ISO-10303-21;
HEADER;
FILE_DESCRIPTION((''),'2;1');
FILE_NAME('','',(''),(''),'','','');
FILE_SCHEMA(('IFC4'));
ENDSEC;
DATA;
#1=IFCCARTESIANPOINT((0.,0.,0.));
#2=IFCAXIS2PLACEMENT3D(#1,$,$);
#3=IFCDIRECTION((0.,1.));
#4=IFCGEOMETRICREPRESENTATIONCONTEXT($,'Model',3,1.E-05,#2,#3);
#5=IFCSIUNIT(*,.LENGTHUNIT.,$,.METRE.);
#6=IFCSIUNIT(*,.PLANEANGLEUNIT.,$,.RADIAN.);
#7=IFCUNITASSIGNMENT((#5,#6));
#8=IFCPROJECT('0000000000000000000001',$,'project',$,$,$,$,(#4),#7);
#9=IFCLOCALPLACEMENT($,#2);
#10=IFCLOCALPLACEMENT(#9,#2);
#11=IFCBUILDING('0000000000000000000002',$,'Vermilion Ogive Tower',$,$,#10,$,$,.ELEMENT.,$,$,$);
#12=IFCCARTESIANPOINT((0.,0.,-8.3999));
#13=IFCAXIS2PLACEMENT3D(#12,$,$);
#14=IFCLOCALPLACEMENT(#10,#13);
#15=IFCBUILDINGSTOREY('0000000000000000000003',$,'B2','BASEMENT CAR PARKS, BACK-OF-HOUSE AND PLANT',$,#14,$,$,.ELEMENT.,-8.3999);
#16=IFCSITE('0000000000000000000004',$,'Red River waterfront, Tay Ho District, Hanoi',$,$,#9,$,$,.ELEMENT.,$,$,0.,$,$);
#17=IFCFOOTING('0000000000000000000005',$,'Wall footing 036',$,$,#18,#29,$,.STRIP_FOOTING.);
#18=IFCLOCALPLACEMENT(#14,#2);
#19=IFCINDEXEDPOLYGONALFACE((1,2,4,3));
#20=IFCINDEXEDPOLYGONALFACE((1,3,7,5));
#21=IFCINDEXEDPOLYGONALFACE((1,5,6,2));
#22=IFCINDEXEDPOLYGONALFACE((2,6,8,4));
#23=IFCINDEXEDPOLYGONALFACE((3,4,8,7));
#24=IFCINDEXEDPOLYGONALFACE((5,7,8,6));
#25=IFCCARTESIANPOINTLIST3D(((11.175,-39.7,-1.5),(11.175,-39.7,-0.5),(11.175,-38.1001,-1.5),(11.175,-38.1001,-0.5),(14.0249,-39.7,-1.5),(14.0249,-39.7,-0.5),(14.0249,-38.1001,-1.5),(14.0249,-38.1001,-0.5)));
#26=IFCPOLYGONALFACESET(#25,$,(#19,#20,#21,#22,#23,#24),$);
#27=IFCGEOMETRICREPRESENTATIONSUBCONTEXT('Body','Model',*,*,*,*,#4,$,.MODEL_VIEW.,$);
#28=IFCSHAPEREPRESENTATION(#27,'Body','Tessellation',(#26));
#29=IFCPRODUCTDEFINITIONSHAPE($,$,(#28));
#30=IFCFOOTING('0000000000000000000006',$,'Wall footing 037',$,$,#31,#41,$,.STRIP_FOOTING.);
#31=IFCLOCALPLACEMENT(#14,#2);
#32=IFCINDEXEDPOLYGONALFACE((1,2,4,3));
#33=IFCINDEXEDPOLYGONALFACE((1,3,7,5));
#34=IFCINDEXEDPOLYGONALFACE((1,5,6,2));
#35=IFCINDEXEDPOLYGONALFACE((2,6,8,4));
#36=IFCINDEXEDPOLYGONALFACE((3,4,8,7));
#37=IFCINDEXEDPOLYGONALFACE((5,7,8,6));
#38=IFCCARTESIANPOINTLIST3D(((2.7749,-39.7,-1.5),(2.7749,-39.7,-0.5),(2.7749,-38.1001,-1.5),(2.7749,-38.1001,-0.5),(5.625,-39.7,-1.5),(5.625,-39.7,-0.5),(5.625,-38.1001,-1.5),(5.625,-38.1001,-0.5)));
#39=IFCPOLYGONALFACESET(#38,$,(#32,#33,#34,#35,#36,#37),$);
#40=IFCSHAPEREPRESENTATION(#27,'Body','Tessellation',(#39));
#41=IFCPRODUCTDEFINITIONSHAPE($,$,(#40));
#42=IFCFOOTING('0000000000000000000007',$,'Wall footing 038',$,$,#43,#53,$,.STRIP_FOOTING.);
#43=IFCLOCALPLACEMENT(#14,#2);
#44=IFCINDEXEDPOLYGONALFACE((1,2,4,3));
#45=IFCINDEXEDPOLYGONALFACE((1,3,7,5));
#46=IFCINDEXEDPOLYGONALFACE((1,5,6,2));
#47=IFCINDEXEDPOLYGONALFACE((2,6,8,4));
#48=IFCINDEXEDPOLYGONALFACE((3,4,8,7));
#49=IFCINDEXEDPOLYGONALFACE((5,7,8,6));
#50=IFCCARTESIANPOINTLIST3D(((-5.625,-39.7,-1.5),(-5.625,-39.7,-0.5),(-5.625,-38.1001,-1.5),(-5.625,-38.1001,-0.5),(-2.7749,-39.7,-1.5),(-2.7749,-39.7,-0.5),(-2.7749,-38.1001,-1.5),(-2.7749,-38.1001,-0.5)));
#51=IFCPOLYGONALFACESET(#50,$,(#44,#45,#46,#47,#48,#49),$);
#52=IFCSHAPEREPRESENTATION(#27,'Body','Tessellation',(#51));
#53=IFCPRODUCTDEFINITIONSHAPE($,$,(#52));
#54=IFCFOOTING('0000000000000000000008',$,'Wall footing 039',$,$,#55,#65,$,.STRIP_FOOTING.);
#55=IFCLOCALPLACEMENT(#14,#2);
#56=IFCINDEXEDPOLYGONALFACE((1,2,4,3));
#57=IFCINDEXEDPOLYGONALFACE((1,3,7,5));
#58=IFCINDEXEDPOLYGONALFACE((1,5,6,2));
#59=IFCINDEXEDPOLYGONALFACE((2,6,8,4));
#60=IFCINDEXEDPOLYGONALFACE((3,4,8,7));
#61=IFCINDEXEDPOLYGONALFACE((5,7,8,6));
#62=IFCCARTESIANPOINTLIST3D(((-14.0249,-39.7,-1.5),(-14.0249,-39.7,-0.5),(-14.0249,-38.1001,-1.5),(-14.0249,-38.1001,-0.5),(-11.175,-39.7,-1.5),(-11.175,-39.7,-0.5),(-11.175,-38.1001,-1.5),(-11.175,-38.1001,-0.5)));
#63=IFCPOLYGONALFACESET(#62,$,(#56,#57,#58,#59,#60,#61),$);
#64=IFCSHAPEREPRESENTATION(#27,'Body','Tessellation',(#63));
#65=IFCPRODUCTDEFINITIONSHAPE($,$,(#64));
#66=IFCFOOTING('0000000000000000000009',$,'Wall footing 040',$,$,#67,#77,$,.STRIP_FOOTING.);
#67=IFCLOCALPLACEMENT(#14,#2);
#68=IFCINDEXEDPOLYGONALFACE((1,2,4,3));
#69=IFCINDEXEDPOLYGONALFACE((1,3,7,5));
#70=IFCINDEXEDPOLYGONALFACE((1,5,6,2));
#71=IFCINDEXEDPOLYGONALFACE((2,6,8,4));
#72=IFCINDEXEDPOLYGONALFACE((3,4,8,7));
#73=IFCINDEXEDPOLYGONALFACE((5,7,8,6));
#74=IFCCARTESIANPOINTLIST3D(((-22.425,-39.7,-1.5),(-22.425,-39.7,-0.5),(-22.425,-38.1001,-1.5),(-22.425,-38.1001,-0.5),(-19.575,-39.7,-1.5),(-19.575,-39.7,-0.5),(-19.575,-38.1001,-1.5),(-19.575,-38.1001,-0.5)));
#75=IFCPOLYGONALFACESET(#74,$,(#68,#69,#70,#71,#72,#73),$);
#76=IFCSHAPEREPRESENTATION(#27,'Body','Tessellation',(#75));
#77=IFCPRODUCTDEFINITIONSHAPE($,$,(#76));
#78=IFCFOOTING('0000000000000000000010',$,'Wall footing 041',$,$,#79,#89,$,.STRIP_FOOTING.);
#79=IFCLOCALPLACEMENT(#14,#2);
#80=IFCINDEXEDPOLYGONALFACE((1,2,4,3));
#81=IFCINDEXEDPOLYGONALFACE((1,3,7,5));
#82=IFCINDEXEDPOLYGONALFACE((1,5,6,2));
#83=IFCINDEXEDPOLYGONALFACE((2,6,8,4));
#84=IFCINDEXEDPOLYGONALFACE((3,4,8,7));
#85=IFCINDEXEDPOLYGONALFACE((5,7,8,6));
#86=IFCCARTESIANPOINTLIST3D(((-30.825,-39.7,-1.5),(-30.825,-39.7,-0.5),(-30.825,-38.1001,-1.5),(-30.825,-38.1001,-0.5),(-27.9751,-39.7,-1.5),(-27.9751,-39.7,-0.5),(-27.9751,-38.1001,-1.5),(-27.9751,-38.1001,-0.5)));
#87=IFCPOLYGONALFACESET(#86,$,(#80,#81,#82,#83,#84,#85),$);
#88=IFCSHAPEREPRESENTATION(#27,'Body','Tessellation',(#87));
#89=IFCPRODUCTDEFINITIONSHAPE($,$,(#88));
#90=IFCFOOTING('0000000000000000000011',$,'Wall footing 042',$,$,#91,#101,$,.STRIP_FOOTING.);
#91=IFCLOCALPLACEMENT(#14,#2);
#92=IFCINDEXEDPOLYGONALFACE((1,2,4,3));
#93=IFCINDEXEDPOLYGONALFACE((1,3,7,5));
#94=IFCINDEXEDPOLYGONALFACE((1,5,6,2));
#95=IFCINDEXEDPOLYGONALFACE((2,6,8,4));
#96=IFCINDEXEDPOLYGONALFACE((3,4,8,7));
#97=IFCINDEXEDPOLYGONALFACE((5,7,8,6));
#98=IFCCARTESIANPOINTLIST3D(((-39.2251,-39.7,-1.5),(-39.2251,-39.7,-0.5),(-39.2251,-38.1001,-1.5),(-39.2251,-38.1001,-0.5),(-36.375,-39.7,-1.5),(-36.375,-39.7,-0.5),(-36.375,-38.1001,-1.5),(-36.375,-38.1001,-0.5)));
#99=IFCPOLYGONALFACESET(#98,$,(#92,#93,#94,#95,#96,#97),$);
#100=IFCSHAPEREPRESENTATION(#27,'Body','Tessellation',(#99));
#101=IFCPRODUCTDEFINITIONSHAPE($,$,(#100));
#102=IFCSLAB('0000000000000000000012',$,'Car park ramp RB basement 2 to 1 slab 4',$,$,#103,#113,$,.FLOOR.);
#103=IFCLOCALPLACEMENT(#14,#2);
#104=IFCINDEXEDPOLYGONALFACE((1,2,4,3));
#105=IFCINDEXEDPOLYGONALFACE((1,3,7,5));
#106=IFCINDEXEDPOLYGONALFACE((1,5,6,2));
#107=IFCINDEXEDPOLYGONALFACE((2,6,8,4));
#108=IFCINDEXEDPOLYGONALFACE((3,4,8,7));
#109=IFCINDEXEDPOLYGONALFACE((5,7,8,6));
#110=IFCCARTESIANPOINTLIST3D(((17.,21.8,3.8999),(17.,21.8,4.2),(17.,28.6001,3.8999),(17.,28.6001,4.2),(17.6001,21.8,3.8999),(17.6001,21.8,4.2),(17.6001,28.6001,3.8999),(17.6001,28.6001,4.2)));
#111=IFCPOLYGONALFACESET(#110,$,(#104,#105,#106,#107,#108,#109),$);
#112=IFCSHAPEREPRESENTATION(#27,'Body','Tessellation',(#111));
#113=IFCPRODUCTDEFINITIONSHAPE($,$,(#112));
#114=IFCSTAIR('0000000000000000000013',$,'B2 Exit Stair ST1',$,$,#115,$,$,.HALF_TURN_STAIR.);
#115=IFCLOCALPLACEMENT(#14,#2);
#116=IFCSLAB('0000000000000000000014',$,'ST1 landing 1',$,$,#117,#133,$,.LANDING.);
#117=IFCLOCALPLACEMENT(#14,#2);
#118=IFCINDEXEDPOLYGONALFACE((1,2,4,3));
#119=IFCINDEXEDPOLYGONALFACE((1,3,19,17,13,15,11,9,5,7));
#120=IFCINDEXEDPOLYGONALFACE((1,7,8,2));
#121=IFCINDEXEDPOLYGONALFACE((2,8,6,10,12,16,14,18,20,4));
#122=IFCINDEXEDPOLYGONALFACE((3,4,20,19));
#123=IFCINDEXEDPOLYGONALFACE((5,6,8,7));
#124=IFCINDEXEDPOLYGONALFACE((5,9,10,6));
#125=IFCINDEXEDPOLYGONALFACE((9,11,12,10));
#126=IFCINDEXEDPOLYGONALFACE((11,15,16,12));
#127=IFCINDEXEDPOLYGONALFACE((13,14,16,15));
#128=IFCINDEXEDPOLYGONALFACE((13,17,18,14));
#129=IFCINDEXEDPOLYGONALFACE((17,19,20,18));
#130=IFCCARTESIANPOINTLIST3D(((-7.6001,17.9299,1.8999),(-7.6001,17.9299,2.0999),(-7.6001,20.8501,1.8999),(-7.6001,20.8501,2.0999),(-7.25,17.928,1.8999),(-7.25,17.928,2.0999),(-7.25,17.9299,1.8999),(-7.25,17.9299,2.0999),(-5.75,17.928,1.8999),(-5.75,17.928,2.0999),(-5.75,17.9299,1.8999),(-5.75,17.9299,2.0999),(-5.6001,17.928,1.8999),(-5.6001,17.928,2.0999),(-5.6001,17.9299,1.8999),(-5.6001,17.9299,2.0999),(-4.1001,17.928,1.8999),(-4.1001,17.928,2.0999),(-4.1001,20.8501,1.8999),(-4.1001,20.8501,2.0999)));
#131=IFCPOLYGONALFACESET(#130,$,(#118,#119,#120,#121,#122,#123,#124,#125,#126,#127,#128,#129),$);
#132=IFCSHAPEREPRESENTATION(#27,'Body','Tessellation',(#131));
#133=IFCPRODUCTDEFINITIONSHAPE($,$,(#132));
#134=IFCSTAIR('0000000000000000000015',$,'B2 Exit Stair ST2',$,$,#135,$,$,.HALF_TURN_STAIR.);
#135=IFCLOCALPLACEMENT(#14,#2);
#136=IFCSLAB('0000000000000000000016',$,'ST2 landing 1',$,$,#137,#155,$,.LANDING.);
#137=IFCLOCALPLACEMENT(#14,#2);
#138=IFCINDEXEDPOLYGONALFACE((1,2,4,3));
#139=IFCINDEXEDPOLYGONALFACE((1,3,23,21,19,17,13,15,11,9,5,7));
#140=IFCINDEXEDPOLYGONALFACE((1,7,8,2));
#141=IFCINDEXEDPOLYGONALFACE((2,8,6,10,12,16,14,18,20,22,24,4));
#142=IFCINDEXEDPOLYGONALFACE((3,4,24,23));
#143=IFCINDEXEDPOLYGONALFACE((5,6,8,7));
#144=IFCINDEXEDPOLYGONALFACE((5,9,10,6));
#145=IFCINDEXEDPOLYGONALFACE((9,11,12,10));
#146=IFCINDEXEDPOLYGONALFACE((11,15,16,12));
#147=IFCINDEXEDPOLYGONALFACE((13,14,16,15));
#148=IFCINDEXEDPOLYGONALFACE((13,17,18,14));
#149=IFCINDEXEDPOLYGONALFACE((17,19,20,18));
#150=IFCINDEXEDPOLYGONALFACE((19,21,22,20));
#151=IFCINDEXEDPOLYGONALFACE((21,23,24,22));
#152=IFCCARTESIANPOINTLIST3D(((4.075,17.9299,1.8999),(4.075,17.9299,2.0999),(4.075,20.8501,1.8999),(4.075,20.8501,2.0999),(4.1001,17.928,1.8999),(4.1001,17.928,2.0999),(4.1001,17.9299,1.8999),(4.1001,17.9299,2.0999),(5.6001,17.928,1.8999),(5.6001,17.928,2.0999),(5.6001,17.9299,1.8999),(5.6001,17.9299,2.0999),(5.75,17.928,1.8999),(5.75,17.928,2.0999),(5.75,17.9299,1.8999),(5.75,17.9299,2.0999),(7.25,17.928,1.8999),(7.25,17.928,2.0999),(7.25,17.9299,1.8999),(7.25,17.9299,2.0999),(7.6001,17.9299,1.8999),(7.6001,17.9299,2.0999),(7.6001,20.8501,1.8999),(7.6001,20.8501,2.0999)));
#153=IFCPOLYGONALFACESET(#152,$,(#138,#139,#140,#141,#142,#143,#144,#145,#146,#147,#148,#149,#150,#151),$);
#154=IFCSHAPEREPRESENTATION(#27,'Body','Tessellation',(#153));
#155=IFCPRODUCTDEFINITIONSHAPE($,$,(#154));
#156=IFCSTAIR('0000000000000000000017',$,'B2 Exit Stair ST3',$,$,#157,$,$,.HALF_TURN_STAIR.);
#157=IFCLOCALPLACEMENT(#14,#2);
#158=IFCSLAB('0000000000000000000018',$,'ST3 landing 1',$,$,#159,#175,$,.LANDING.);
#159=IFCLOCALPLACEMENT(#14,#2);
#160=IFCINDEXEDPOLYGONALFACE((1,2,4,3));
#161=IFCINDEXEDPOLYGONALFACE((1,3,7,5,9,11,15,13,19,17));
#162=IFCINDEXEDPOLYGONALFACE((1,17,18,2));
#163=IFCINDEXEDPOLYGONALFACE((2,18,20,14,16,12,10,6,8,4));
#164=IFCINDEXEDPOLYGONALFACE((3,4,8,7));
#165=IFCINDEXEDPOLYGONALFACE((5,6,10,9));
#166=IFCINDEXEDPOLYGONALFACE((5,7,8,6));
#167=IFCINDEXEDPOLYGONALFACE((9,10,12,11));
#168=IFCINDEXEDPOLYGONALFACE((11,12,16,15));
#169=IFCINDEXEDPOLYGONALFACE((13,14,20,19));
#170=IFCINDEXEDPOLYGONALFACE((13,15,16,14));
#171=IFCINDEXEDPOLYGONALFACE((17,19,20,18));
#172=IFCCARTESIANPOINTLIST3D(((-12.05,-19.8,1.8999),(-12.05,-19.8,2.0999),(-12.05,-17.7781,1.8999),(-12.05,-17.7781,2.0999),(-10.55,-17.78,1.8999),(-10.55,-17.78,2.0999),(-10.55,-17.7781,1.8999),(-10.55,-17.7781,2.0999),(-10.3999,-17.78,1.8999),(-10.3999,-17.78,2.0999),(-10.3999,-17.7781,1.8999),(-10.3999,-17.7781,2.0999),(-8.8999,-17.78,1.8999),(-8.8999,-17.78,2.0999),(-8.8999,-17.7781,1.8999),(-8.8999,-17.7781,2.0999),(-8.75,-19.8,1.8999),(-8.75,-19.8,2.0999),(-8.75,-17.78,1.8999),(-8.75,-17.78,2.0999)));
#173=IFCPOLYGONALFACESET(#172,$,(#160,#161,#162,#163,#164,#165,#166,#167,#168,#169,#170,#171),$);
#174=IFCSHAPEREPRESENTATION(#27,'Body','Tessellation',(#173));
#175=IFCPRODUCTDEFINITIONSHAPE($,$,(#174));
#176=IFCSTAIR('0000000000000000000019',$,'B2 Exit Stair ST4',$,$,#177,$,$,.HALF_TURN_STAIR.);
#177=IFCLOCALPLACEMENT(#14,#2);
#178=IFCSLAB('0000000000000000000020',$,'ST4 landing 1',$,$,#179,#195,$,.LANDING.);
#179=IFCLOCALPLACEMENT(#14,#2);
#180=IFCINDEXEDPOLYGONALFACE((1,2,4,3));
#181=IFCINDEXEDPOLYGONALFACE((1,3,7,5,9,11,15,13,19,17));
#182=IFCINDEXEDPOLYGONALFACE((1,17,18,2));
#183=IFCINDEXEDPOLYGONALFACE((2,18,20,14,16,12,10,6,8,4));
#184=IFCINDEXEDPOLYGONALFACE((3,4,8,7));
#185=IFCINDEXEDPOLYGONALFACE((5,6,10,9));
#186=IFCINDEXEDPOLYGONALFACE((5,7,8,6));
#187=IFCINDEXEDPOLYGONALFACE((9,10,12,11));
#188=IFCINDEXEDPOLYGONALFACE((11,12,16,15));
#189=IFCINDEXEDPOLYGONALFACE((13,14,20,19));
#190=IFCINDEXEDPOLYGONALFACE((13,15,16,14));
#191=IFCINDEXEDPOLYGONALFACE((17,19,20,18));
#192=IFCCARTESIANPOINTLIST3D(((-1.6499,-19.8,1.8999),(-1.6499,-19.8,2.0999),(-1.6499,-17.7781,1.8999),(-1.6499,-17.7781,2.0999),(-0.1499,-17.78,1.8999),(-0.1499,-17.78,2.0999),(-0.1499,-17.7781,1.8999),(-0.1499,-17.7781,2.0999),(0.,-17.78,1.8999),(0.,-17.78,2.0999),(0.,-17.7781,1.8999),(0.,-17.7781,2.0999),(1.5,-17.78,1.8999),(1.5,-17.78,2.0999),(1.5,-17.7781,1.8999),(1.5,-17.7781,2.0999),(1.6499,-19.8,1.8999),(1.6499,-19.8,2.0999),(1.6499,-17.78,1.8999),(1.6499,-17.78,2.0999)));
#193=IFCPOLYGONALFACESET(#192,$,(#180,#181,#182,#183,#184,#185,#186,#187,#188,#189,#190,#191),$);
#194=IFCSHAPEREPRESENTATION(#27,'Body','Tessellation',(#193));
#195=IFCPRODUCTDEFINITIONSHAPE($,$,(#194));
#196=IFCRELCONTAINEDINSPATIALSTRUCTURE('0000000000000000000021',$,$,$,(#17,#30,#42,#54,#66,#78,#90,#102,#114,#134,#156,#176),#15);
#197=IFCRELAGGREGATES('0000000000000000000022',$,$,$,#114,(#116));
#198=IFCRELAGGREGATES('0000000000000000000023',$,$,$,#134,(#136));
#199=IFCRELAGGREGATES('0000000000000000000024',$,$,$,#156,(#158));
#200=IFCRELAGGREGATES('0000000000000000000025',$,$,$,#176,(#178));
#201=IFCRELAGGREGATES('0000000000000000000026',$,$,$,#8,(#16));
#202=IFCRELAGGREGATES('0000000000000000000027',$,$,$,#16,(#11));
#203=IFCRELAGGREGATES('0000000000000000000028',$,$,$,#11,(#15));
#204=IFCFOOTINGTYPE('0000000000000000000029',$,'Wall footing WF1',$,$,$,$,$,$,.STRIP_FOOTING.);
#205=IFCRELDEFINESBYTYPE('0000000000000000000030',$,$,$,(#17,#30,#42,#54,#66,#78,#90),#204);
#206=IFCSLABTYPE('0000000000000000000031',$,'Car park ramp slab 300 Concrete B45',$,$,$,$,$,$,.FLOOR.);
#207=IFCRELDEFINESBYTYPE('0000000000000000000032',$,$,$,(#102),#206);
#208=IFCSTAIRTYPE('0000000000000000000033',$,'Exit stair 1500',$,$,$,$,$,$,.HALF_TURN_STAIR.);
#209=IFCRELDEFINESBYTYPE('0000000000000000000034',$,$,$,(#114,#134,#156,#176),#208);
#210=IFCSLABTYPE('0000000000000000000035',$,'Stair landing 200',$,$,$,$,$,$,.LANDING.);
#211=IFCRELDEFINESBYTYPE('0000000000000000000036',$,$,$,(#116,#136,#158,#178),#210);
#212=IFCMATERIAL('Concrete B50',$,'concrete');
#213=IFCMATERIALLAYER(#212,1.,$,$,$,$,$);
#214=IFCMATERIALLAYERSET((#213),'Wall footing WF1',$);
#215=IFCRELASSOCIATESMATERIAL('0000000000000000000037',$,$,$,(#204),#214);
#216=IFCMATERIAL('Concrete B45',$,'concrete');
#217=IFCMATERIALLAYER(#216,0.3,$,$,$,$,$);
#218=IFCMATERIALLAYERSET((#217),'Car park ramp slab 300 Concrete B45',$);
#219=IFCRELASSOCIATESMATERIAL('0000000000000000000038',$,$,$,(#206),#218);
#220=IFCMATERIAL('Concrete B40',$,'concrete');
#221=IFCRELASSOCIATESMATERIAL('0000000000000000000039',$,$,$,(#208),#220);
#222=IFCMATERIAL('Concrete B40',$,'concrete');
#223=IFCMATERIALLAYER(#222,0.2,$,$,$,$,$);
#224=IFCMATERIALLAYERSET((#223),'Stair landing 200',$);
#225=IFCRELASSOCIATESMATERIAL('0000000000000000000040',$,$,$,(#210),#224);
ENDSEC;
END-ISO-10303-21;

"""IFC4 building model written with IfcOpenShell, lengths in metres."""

from ifc_helpers import new_model, si_unit, direction, frame, origin, place, context, subcontext, project, spatial, polyline, outline, extrude, material, layer, layer_set, type_object, element, aggregate, save


model = new_model("IFC4")

# Units and contexts
model_context = context("Model", 3, precision=1e-05, world=origin(), true_north=direction((0.0, 1.0)))
body_context = subcontext(model_context, "Body", "Model", "MODEL_VIEW")
ifc_project = project(units=[si_unit("LENGTHUNIT", "METRE"), si_unit("PLANEANGLEUNIT", "RADIAN")], contexts=[model_context])

# Site, building, storey
site_placement = place(None, origin())
site = spatial("IfcSite", under=ifc_project, at=site_placement, Name="Red River waterfront, Tay Ho District, Hanoi", CompositionType="ELEMENT", RefElevation=0.0)
building_placement = place(site_placement, origin())
building = spatial("IfcBuilding", under=site, at=building_placement, Name="Vermilion Ogive Tower", CompositionType="ELEMENT")
storey_placement = place(building_placement, frame((0.0, 0.0, -8.3999)))
storey = spatial("IfcBuildingStorey", under=building, at=storey_placement, Name="B2", Description="BASEMENT CAR PARKS, BACK-OF-HOUSE AND PLANT", CompositionType="ELEMENT", Elevation=-8.3999)

# Footings
ifc_material_1 = material(Name="Concrete B50", Category="concrete")
ifc_layer_1 = layer(ifc_material_1, 1.0)
ifc_layer_set_1 = layer_set([ifc_layer_1], Name="Wall footing WF1")
footing_type = type_object("IfcFootingType", Name="Wall footing WF1", PredefinedType="STRIP_FOOTING", material=ifc_layer_set_1)
footing_1_placement = place(storey_placement, frame((0.0, 0.0, -1.5)))
element("IfcFooting", 1, at=footing_1_placement, inside=storey, type_object=footing_type, Name="Wall footing 036", PredefinedType="STRIP_FOOTING", context=body_context, shape_type="SweptSolid", body=[
    extrude(outline(polyline([(11.175, -38.1001), (11.175, -39.7), (14.0249, -39.7), (14.0249, -38.1001), (11.175, -38.1001)])), origin(), (0.0, 0.0, 1.0), 1.0),
])
footing_2_placement = place(storey_placement, frame((0.0, 0.0, -1.5)))
element("IfcFooting", 2, at=footing_2_placement, inside=storey, type_object=footing_type, Name="Wall footing 037", PredefinedType="STRIP_FOOTING", context=body_context, shape_type="SweptSolid", body=[
    extrude(outline(polyline([(2.7749, -38.1001), (2.7749, -39.7), (5.625, -39.7), (5.625, -38.1001), (2.7749, -38.1001)])), origin(), (0.0, 0.0, 1.0), 1.0),
])
footing_3_placement = place(storey_placement, frame((0.0, 0.0, -1.5)))
element("IfcFooting", 3, at=footing_3_placement, inside=storey, type_object=footing_type, Name="Wall footing 038", PredefinedType="STRIP_FOOTING", context=body_context, shape_type="SweptSolid", body=[
    extrude(outline(polyline([(-5.625, -38.1001), (-5.625, -39.7), (-2.7749, -39.7), (-2.7749, -38.1001), (-5.625, -38.1001)])), origin(), (0.0, 0.0, 1.0), 1.0),
])
footing_4_placement = place(storey_placement, frame((0.0, 0.0, -1.5)))
element("IfcFooting", 4, at=footing_4_placement, inside=storey, type_object=footing_type, Name="Wall footing 039", PredefinedType="STRIP_FOOTING", context=body_context, shape_type="SweptSolid", body=[
    extrude(outline(polyline([(-14.0249, -38.1001), (-14.0249, -39.7), (-11.175, -39.7), (-11.175, -38.1001), (-14.0249, -38.1001)])), origin(), (0.0, 0.0, 1.0), 1.0),
])
footing_5_placement = place(storey_placement, frame((0.0, 0.0, -1.5)))
element("IfcFooting", 5, at=footing_5_placement, inside=storey, type_object=footing_type, Name="Wall footing 040", PredefinedType="STRIP_FOOTING", context=body_context, shape_type="SweptSolid", body=[
    extrude(outline(polyline([(-22.425, -38.1001), (-22.425, -39.7), (-19.575, -39.7), (-19.575, -38.1001), (-22.425, -38.1001)])), origin(), (0.0, 0.0, 1.0), 1.0),
])
footing_6_placement = place(storey_placement, frame((0.0, 0.0, -1.5)))
element("IfcFooting", 6, at=footing_6_placement, inside=storey, type_object=footing_type, Name="Wall footing 041", PredefinedType="STRIP_FOOTING", context=body_context, shape_type="SweptSolid", body=[
    extrude(outline(polyline([(-30.825, -38.1001), (-30.825, -39.7), (-27.9751, -39.7), (-27.9751, -38.1001), (-30.825, -38.1001)])), origin(), (0.0, 0.0, 1.0), 1.0),
])
footing_7_placement = place(storey_placement, frame((0.0, 0.0, -1.5)))
element("IfcFooting", 7, at=footing_7_placement, inside=storey, type_object=footing_type, Name="Wall footing 042", PredefinedType="STRIP_FOOTING", context=body_context, shape_type="SweptSolid", body=[
    extrude(outline(polyline([(-39.2251, -38.1001), (-39.2251, -39.7), (-36.375, -39.7), (-36.375, -38.1001), (-39.2251, -38.1001)])), origin(), (0.0, 0.0, 1.0), 1.0),
])

# Slab
ifc_material_2 = material(Name="Concrete B45", Category="concrete")
ifc_layer_2 = layer(ifc_material_2, 0.3)
ifc_layer_set_2 = layer_set([ifc_layer_2], Name="Car park ramp slab 300 Concrete B45")
slab_type_1 = type_object("IfcSlabType", Name="Car park ramp slab 300 Concrete B45", PredefinedType="FLOOR", material=ifc_layer_set_2)
slab_1_placement = place(storey_placement, frame((0.0, 0.0, 3.8999)))
element("IfcSlab", 8, at=slab_1_placement, inside=storey, type_object=slab_type_1, Name="Car park ramp RB basement 2 to 1 slab 4", PredefinedType="FLOOR", context=body_context, shape_type="SweptSolid", body=[
    extrude(outline(polyline([(17.0, 21.8), (17.6001, 21.8), (17.6001, 28.6001), (17.0, 28.6001), (17.0, 21.8)])), origin(), (0.0, 0.0, 1.0), 0.3),
])

# Stairs, slabs
ifc_material_3 = material(Name="Concrete B40", Category="concrete")
stair_type = type_object("IfcStairType", Name="Exit stair 1500", PredefinedType="HALF_TURN_STAIR", material=ifc_material_3)
stair_1_placement = place(storey_placement, origin())
stair_1 = element("IfcStair", 9, at=stair_1_placement, inside=storey, type_object=stair_type, Name="B2 Exit Stair ST1", PredefinedType="HALF_TURN_STAIR")
ifc_material_4 = material(Name="Concrete B40", Category="concrete")
ifc_layer_3 = layer(ifc_material_4, 0.2)
ifc_layer_set_3 = layer_set([ifc_layer_3], Name="Stair landing 200")
slab_type_2 = type_object("IfcSlabType", Name="Stair landing 200", PredefinedType="LANDING", material=ifc_layer_set_3)
slab_2_placement = place(storey_placement, frame((0.0, 0.0, 1.8999)))
slab_2 = element("IfcSlab", 10, at=slab_2_placement, type_object=slab_type_2, Name="ST1 landing 1", PredefinedType="LANDING", context=body_context, shape_type="SweptSolid", body=[
    extrude(outline(polyline([(-7.6001, 17.9299), (-7.25, 17.9299), (-7.25, 17.928), (-5.75, 17.928), (-5.75, 17.9299), (-5.6001, 17.9299), (-5.6001, 17.928), (-4.1001, 17.928), (-4.1001, 20.8501), (-7.6001, 20.8501), (-7.6001, 17.9299)])), origin(), (0.0, 0.0, 1.0), 0.2),
])
aggregate(stair_1, [slab_2])
stair_2_placement = place(storey_placement, origin())
stair_2 = element("IfcStair", 11, at=stair_2_placement, inside=storey, type_object=stair_type, Name="B2 Exit Stair ST2", PredefinedType="HALF_TURN_STAIR")
slab_3_placement = place(storey_placement, frame((0.0, 0.0, 1.8999)))
slab_3 = element("IfcSlab", 12, at=slab_3_placement, type_object=slab_type_2, Name="ST2 landing 1", PredefinedType="LANDING", context=body_context, shape_type="SweptSolid", body=[
    extrude(outline(polyline([(5.6001, 17.9299), (5.75, 17.9299), (5.75, 17.928), (7.25, 17.928), (7.25, 17.9299), (7.6001, 17.9299), (7.6001, 20.8501), (4.075, 20.8501), (4.075, 17.9299), (4.1001, 17.9299), (4.1001, 17.928), (5.6001, 17.928), (5.6001, 17.9299)])), origin(), (0.0, 0.0, 1.0), 0.2),
])
aggregate(stair_2, [slab_3])
stair_3_placement = place(storey_placement, origin())
stair_3 = element("IfcStair", 13, at=stair_3_placement, inside=storey, type_object=stair_type, Name="B2 Exit Stair ST3", PredefinedType="HALF_TURN_STAIR")
slab_4_placement = place(storey_placement, frame((0.0, 0.0, 1.8999)))
slab_4 = element("IfcSlab", 14, at=slab_4_placement, type_object=slab_type_2, Name="ST3 landing 1", PredefinedType="LANDING", context=body_context, shape_type="SweptSolid", body=[
    extrude(outline(polyline([(-8.75, -17.78), (-8.8999, -17.78), (-8.8999, -17.7781), (-10.3999, -17.7781), (-10.3999, -17.78), (-10.55, -17.78), (-10.55, -17.7781), (-12.05, -17.7781), (-12.05, -19.8), (-8.75, -19.8), (-8.75, -17.78)])), origin(), (0.0, 0.0, 1.0), 0.2),
])
aggregate(stair_3, [slab_4])
stair_4_placement = place(storey_placement, origin())
stair_4 = element("IfcStair", 15, at=stair_4_placement, inside=storey, type_object=stair_type, Name="B2 Exit Stair ST4", PredefinedType="HALF_TURN_STAIR")
slab_5_placement = place(storey_placement, frame((0.0, 0.0, 1.8999)))
slab_5 = element("IfcSlab", 16, at=slab_5_placement, type_object=slab_type_2, Name="ST4 landing 1", PredefinedType="LANDING", context=body_context, shape_type="SweptSolid", body=[
    extrude(outline(polyline([(1.6499, -17.78), (1.5, -17.78), (1.5, -17.7781), (0.0, -17.7781), (0.0, -17.78), (-0.1499, -17.78), (-0.1499, -17.7781), (-1.6499, -17.7781), (-1.6499, -19.8), (1.6499, -19.8), (1.6499, -17.78)])), origin(), (0.0, 0.0, 1.0), 0.2),
])
aggregate(stair_4, [slab_5])

save(model, "model.ifc")
